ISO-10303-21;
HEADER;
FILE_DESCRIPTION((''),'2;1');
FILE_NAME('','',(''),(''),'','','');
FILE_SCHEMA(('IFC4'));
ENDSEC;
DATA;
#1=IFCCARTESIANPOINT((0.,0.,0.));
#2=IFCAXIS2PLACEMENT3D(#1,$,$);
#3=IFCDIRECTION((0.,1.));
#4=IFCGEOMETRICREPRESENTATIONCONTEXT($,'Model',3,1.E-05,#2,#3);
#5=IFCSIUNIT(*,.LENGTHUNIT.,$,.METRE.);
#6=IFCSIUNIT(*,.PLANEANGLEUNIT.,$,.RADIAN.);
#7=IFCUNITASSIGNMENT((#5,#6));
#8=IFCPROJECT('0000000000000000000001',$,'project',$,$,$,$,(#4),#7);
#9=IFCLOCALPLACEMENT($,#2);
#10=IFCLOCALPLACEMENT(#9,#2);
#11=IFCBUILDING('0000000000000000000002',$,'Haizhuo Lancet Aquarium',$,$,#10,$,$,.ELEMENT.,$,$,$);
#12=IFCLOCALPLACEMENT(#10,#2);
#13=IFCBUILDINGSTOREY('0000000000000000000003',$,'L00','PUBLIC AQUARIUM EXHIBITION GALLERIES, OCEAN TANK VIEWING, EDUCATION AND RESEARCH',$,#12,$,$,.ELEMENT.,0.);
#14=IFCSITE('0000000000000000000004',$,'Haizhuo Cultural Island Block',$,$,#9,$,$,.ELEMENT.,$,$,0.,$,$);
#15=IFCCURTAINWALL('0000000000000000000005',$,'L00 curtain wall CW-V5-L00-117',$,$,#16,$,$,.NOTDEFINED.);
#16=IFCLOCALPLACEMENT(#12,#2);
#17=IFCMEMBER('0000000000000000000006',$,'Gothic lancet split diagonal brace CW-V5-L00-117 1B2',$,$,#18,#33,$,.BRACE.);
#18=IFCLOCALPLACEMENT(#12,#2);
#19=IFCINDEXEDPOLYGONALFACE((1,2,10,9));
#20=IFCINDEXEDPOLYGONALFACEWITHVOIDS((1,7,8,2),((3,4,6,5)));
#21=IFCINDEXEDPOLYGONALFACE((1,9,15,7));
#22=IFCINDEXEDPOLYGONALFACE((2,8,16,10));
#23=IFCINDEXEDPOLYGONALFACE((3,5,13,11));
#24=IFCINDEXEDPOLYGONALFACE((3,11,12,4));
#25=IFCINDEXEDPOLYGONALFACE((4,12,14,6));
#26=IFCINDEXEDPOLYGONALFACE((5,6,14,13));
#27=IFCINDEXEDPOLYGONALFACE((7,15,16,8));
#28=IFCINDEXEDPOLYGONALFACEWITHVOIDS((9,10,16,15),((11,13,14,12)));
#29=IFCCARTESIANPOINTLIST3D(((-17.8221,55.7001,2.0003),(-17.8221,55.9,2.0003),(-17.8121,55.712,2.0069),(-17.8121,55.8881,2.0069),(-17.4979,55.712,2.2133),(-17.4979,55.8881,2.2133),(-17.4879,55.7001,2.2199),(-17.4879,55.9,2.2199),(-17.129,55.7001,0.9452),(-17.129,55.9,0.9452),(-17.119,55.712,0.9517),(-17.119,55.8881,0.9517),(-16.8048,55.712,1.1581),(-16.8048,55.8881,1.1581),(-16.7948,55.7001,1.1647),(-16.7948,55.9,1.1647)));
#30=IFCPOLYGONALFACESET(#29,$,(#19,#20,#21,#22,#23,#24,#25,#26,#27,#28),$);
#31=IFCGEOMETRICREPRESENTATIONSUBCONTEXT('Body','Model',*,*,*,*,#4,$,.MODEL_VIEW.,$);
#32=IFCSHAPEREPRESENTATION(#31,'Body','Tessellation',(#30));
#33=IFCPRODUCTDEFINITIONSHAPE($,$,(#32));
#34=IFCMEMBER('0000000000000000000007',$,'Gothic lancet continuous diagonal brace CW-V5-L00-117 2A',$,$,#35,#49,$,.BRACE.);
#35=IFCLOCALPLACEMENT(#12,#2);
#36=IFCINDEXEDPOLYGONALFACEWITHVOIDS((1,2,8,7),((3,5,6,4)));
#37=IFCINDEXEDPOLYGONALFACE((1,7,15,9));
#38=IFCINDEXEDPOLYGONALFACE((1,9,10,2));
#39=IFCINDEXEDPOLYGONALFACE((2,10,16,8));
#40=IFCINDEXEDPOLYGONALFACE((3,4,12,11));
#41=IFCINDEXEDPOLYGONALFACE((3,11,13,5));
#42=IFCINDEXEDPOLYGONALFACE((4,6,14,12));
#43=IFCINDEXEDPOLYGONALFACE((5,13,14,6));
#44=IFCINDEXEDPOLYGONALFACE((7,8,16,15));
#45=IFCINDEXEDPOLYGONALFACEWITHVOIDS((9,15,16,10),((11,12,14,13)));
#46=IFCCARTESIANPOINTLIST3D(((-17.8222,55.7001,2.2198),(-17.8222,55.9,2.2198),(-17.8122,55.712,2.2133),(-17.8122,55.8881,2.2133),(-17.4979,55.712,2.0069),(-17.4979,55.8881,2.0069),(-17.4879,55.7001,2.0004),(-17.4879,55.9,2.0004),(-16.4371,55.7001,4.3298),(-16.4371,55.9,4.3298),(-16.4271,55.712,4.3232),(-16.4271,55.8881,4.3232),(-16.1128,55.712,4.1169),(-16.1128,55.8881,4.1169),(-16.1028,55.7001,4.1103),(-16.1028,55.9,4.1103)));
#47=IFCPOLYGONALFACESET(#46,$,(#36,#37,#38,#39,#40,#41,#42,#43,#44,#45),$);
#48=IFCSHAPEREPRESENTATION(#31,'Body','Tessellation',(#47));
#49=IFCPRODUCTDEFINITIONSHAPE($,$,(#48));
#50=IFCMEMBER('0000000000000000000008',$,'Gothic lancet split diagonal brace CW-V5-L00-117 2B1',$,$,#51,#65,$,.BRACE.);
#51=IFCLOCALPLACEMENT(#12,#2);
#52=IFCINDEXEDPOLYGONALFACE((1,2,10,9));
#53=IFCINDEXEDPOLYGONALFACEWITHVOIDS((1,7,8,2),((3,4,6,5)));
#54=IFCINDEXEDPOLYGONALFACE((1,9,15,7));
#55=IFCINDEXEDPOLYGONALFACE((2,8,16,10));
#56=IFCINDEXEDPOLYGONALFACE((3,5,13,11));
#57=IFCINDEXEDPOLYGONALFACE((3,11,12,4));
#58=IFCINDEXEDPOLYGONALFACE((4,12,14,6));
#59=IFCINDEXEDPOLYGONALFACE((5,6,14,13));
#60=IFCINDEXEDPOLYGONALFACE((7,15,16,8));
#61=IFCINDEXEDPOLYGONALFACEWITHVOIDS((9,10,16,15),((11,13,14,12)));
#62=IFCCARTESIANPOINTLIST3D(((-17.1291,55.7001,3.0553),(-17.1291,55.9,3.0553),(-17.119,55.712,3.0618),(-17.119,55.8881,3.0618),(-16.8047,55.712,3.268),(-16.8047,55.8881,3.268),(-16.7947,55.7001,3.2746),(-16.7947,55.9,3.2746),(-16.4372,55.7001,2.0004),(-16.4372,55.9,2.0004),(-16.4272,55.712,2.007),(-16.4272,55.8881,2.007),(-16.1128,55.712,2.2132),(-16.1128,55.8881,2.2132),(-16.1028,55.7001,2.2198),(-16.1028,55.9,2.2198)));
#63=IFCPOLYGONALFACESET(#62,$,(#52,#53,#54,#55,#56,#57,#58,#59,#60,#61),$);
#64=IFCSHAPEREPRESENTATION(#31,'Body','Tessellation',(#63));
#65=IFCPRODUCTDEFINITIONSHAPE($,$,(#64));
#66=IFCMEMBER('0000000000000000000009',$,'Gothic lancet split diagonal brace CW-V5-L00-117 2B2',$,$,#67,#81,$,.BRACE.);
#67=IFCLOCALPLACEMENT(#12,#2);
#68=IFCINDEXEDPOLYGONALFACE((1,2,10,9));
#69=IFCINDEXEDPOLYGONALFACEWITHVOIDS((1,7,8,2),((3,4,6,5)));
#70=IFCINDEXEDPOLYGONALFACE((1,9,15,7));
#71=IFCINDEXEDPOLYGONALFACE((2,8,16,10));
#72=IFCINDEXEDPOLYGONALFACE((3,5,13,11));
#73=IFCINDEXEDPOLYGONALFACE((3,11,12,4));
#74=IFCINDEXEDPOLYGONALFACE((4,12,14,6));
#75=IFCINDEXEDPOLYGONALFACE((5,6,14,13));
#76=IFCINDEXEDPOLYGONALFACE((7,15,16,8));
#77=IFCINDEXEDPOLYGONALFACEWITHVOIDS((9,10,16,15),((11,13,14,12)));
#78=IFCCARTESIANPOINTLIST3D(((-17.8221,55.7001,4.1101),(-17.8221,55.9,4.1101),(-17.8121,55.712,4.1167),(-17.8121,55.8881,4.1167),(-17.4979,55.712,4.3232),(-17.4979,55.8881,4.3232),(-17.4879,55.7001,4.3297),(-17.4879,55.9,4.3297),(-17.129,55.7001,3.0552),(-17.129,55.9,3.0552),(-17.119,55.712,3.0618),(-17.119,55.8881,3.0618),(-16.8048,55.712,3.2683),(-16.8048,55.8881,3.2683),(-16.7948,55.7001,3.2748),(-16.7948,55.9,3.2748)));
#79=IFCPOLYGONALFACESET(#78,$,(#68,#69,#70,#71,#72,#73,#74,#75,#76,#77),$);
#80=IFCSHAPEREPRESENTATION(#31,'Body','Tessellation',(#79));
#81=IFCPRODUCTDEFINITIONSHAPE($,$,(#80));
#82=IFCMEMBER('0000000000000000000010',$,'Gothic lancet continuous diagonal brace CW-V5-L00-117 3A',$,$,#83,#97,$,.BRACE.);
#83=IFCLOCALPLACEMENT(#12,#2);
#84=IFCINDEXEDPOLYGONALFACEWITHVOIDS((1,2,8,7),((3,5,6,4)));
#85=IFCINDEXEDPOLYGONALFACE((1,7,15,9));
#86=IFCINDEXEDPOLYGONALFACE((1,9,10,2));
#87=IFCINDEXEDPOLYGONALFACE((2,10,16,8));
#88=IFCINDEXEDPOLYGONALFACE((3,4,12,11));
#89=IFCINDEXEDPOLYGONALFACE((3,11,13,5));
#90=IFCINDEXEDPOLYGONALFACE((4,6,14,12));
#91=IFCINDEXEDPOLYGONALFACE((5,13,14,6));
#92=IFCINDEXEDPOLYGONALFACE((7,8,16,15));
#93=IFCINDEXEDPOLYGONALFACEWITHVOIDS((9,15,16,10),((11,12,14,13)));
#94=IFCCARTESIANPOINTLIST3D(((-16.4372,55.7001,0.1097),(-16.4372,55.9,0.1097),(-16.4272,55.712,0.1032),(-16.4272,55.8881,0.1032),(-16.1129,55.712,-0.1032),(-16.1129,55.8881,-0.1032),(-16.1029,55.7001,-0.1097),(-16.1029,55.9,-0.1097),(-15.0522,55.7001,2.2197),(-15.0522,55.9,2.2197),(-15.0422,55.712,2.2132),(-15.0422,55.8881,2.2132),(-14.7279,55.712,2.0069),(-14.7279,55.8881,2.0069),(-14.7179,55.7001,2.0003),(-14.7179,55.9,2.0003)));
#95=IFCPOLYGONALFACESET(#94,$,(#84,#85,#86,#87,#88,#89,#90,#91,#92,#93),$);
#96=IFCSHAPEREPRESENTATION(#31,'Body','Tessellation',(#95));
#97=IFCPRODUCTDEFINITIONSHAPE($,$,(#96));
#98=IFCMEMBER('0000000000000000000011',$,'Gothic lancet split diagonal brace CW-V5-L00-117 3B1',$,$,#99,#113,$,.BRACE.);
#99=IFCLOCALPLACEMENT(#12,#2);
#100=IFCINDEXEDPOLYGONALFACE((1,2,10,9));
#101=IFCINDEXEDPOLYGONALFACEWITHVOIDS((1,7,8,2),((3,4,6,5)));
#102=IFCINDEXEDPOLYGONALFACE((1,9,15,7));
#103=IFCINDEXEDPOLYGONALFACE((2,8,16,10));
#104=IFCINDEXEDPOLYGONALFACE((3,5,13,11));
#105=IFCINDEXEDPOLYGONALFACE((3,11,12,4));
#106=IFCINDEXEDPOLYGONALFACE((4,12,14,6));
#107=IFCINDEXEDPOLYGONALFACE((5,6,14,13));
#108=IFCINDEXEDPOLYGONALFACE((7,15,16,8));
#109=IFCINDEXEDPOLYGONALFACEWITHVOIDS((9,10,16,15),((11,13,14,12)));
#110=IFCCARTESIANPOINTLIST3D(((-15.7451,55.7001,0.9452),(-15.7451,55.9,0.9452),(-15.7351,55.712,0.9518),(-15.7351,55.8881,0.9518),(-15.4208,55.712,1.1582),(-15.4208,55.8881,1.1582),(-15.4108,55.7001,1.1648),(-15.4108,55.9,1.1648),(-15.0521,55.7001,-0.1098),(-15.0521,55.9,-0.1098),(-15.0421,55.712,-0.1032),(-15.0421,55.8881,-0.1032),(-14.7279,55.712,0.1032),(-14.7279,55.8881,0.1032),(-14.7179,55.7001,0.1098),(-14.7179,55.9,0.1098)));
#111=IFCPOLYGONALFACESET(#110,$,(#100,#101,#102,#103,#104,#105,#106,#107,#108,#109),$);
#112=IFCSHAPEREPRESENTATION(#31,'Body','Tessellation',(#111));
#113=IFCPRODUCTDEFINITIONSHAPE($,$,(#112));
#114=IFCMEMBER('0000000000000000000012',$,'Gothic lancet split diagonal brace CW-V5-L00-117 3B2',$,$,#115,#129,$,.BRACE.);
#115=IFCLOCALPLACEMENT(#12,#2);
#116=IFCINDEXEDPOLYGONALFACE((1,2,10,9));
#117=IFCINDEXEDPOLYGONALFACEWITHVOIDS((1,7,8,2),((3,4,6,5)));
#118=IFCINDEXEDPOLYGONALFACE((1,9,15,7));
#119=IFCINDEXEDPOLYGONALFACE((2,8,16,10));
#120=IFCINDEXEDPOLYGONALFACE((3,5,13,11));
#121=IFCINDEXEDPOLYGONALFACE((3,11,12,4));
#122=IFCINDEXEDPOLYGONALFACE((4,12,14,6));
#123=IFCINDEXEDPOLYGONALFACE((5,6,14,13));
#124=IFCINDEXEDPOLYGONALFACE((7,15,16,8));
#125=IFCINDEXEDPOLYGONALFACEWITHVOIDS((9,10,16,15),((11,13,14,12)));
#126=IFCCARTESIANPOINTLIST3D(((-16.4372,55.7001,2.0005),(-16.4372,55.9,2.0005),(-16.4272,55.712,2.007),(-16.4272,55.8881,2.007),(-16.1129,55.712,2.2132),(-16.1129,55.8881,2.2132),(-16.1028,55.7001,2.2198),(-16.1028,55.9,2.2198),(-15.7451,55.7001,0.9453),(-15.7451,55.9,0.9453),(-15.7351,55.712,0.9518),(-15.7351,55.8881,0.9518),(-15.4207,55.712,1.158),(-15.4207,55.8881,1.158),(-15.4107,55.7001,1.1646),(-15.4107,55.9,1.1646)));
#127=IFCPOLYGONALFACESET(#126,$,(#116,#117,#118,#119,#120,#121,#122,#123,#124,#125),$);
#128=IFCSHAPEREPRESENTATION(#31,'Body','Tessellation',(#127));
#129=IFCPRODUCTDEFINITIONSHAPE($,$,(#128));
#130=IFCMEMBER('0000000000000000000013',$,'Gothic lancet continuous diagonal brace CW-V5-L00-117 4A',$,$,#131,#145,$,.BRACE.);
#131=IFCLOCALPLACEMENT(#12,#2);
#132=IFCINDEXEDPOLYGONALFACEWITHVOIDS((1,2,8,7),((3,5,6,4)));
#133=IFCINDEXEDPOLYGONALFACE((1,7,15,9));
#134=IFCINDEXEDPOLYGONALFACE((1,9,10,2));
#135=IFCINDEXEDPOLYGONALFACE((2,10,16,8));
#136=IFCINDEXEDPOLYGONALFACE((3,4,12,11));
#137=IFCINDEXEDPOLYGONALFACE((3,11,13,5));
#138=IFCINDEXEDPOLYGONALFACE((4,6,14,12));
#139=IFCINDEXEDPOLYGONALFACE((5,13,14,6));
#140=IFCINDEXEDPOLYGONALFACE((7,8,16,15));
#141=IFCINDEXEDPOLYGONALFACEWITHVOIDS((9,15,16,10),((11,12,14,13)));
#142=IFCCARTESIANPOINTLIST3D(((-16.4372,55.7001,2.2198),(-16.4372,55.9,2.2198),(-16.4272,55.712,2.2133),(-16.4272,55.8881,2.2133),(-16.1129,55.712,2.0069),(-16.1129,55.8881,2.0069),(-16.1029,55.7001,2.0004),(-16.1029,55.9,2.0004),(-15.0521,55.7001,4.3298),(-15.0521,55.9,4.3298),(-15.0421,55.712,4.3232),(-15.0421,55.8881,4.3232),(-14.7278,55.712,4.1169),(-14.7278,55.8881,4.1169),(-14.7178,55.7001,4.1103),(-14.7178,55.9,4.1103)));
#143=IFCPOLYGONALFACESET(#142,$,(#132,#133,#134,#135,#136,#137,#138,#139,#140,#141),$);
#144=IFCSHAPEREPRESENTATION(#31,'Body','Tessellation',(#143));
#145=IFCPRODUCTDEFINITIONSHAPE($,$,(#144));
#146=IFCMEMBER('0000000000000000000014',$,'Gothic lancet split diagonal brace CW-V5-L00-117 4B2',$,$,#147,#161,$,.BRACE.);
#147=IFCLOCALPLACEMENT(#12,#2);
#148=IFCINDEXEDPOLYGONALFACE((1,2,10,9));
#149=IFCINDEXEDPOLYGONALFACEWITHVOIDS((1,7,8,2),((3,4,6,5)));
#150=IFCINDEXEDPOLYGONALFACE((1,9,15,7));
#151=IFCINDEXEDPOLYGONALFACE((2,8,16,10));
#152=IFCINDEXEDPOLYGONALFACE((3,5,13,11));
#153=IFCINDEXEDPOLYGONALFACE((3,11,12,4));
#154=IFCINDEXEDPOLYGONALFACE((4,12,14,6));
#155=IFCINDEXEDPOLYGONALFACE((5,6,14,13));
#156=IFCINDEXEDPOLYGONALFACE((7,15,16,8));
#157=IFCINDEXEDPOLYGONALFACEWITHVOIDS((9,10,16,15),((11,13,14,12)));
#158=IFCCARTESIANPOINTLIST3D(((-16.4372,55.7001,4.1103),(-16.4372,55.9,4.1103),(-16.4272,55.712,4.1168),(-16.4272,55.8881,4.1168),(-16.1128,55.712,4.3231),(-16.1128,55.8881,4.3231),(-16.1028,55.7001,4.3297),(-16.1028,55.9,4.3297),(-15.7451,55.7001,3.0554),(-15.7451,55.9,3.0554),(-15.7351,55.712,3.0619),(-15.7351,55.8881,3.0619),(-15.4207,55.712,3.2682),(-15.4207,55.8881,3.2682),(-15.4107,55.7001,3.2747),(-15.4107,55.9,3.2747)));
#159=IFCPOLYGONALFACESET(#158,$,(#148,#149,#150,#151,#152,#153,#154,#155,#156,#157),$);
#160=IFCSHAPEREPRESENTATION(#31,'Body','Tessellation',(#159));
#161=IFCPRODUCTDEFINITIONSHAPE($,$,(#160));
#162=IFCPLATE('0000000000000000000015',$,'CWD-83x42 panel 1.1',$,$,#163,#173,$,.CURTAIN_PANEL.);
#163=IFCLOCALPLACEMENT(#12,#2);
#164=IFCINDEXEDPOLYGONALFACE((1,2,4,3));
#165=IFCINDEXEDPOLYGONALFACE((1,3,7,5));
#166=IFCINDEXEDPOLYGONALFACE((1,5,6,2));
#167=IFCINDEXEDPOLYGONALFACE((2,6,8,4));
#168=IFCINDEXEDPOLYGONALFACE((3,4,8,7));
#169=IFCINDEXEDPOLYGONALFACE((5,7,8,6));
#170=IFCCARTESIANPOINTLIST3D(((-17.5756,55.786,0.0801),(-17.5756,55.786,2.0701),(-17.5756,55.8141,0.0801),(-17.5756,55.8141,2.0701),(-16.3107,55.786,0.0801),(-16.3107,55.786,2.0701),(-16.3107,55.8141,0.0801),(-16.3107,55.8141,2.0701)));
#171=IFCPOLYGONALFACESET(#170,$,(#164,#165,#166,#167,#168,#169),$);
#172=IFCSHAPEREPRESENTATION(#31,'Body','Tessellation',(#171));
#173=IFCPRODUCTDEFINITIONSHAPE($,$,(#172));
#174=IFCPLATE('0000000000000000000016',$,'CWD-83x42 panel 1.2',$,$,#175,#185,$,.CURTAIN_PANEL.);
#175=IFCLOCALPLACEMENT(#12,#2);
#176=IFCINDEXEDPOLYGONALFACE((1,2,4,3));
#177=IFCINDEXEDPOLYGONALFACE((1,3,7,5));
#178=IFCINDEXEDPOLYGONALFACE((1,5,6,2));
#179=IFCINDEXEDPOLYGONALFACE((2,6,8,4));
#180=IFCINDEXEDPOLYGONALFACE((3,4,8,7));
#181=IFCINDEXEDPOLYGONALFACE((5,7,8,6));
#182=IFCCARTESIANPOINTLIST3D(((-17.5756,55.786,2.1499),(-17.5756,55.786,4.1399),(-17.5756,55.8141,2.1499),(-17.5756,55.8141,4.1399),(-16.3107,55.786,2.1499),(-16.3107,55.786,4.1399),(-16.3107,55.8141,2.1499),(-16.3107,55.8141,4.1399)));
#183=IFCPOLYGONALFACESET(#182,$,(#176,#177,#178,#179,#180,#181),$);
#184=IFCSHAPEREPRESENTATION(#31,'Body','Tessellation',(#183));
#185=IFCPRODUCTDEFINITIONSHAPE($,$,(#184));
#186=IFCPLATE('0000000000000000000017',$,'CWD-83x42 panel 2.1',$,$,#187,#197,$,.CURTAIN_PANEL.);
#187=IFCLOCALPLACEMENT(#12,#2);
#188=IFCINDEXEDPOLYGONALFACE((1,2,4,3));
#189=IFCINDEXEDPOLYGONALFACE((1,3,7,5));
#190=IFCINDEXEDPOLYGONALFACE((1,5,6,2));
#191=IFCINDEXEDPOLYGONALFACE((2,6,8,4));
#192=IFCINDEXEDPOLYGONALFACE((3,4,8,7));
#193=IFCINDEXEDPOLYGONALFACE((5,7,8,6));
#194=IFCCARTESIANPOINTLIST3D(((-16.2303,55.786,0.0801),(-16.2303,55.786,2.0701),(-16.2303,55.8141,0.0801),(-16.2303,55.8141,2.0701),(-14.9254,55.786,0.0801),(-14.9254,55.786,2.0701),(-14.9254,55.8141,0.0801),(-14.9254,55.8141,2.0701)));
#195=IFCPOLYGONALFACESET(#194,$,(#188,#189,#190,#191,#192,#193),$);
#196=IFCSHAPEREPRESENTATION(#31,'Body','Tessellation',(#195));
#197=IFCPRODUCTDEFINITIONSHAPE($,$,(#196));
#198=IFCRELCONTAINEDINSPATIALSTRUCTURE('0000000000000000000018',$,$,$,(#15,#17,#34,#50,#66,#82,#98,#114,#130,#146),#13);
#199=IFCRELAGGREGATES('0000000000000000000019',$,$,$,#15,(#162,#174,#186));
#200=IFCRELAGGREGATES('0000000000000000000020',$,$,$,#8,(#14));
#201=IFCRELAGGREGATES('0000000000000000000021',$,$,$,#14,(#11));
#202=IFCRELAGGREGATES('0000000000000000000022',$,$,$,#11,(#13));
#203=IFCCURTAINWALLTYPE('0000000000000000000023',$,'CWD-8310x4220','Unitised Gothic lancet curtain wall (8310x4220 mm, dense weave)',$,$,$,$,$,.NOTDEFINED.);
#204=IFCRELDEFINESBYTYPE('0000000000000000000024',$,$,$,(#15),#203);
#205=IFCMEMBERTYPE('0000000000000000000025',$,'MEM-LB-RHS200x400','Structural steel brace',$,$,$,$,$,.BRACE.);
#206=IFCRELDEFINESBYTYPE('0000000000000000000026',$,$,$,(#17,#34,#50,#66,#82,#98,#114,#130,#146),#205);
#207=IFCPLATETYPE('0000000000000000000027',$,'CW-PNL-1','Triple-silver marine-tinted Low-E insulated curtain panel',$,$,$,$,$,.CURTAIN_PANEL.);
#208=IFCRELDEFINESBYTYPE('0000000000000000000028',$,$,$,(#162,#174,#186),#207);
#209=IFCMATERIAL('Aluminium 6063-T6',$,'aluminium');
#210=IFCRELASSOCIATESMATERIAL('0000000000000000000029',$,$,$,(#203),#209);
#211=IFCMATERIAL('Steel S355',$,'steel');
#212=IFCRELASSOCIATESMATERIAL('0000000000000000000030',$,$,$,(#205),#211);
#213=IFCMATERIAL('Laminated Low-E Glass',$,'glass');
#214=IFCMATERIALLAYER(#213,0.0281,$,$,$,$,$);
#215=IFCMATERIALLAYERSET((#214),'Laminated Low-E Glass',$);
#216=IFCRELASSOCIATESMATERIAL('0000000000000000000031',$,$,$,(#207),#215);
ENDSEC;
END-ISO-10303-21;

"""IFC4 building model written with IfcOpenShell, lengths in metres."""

from ifc_helpers import new_model, si_unit, direction, frame, origin, origin_2d, place, context, subcontext, project, spatial, rectangle, hollow_rectangle, extrude, material, layer, layer_set, material_profile, profile_set, type_object, element, aggregate, save


model = new_model("IFC4")

# Units and contexts
model_context = context("Model", 3, precision=1e-05, world=origin(), true_north=direction((0.0, 1.0)))
body_context = subcontext(model_context, "Body", "Model", "MODEL_VIEW")
ifc_project = project(units=[si_unit("LENGTHUNIT", "METRE"), si_unit("PLANEANGLEUNIT", "RADIAN")], contexts=[model_context])

# Site, building, storey
site_placement = place(None, origin())
site = spatial("IfcSite", under=ifc_project, at=site_placement, Name="Haizhuo Cultural Island Block", CompositionType="ELEMENT", RefElevation=0.0)
building_placement = place(site_placement, origin())
building = spatial("IfcBuilding", under=site, at=building_placement, Name="Haizhuo Lancet Aquarium", CompositionType="ELEMENT")
storey_placement = place(building_placement, origin())
storey = spatial("IfcBuildingStorey", under=building, at=storey_placement, Name="L00", Description="PUBLIC AQUARIUM EXHIBITION GALLERIES, OCEAN TANK VIEWING, EDUCATION AND RESEARCH", CompositionType="ELEMENT", Elevation=0.0)

# Shared definitions
ifc_material_1 = material(Name="Aluminium 6063-T6", Category="aluminium")

# Curtain wall
curtain_wall_type_1 = type_object("IfcCurtainWallType", Name="CWD-8310x4220", Description="Unitised Gothic lancet curtain wall (8310x4220 mm, dense weave)", PredefinedType="NOTDEFINED", material=ifc_material_1)
curtain_wall_1_placement = place(storey_placement, origin())
curtain_wall_1 = element("IfcCurtainWall", 1, at=curtain_wall_1_placement, inside=storey, type_object=curtain_wall_type_1, Name="L00 curtain wall CW-V5-L00-117", PredefinedType="NOTDEFINED")

# Shared definitions
ifc_material_2 = material(Name="Steel S355", Category="steel")

# Members
ifc_material_profile_1 = material_profile(ifc_material_2, hollow_rectangle(XDim=0.2, YDim=0.3999, WallThickness=0.012, at=origin_2d()), Name="RHS 200x400x12")
ifc_profile_set_1 = profile_set([ifc_material_profile_1], Name="Steel S355")
member_type_1 = type_object("IfcMemberType", Name="MEM-LB-RHS200x400", Description="Structural steel brace", PredefinedType="BRACE", material=ifc_profile_set_1)
member_1_placement = place(storey_placement, frame((-16.9619, 55.8, 1.0549), z_axis=(-0.54902, 0.0, 0.835809), x_axis=(0.0, -1.0, 0.0)))
element("IfcMember", 2, at=member_1_placement, inside=storey, type_object=member_type_1, Name="Gothic lancet split diagonal brace CW-V5-L00-117 1B2", PredefinedType="BRACE", context=body_context, shape_type="SweptSolid", body=[
    extrude(hollow_rectangle(XDim=0.2, YDim=0.3999, WallThickness=0.012, at=origin_2d()), origin(), (0.0, 0.0, 1.0), 1.2625),
])
member_2_placement = place(storey_placement, frame((-17.655, 55.8, 2.1101), z_axis=(0.548771, 0.0, 0.835973), x_axis=(0.0, 1.0, 0.0)))
element("IfcMember", 3, at=member_2_placement, inside=storey, type_object=member_type_1, Name="Gothic lancet continuous diagonal brace CW-V5-L00-117 2A", PredefinedType="BRACE", context=body_context, shape_type="SweptSolid", body=[
    extrude(hollow_rectangle(XDim=0.2, YDim=0.3999, WallThickness=0.012, at=origin_2d()), origin(), (0.0, 0.0, 1.0), 2.5239),
])
member_3_placement = place(storey_placement, frame((-16.27, 55.8, 2.1101), z_axis=(-0.548432, 0.0, 0.836195), x_axis=(0.0, -1.0, 0.0)))
element("IfcMember", 4, at=member_3_placement, inside=storey, type_object=member_type_1, Name="Gothic lancet split diagonal brace CW-V5-L00-117 2B1", PredefinedType="BRACE", context=body_context, shape_type="SweptSolid", body=[
    extrude(hollow_rectangle(XDim=0.2, YDim=0.3999, WallThickness=0.012, at=origin_2d()), origin(), (0.0, 0.0, 1.0), 1.2615),
])
member_4_placement = place(storey_placement, frame((-16.9619, 55.8, 3.165), z_axis=(-0.549108, 0.0, 0.835751), x_axis=(0.0, -1.0, 0.0)))
element("IfcMember", 5, at=member_4_placement, inside=storey, type_object=member_type_1, Name="Gothic lancet split diagonal brace CW-V5-L00-117 2B2", PredefinedType="BRACE", context=body_context, shape_type="SweptSolid", body=[
    extrude(hollow_rectangle(XDim=0.2, YDim=0.3999, WallThickness=0.012, at=origin_2d()), origin(), (0.0, 0.0, 1.0), 1.2622),
])
member_5_placement = place(storey_placement, frame((-16.27, 55.8, 0.0), z_axis=(0.548726, 0.0, 0.836002), x_axis=(0.0, 1.0, 0.0)))
element("IfcMember", 6, at=member_5_placement, inside=storey, type_object=member_type_1, Name="Gothic lancet continuous diagonal brace CW-V5-L00-117 3A", PredefinedType="BRACE", context=body_context, shape_type="SweptSolid", body=[
    extrude(hollow_rectangle(XDim=0.2, YDim=0.3999, WallThickness=0.012, at=origin_2d()), origin(), (0.0, 0.0, 1.0), 2.5239),
])
member_6_placement = place(storey_placement, frame((-14.885, 55.8, 0.0), z_axis=(-0.548973, 0.0, 0.83584), x_axis=(0.0, -1.0, 0.0)))
element("IfcMember", 7, at=member_6_placement, inside=storey, type_object=member_type_1, Name="Gothic lancet split diagonal brace CW-V5-L00-117 3B1", PredefinedType="BRACE", context=body_context, shape_type="SweptSolid", body=[
    extrude(hollow_rectangle(XDim=0.2, YDim=0.3999, WallThickness=0.012, at=origin_2d()), origin(), (0.0, 0.0, 1.0), 1.2622),
])
member_7_placement = place(storey_placement, frame((-15.5779, 55.8, 1.0549), z_axis=(-0.548479, 0.0, 0.836164), x_axis=(0.0, -1.0, 0.0)))
element("IfcMember", 8, at=member_7_placement, inside=storey, type_object=member_type_1, Name="Gothic lancet split diagonal brace CW-V5-L00-117 3B2", PredefinedType="BRACE", context=body_context, shape_type="SweptSolid", body=[
    extrude(hollow_rectangle(XDim=0.2, YDim=0.3999, WallThickness=0.012, at=origin_2d()), origin(), (0.0, 0.0, 1.0), 1.262),
])
member_8_placement = place(storey_placement, frame((-16.27, 55.8, 2.1101), z_axis=(0.548771, 0.0, 0.835973), x_axis=(0.0, 1.0, 0.0)))
element("IfcMember", 9, at=member_8_placement, inside=storey, type_object=member_type_1, Name="Gothic lancet continuous diagonal brace CW-V5-L00-117 4A", PredefinedType="BRACE", context=body_context, shape_type="SweptSolid", body=[
    extrude(hollow_rectangle(XDim=0.2, YDim=0.3999, WallThickness=0.012, at=origin_2d()), origin(), (0.0, 0.0, 1.0), 2.5239),
])
member_9_placement = place(storey_placement, frame((-15.5779, 55.8, 3.165), z_axis=(-0.548568, 0.0, 0.836106), x_axis=(0.0, -1.0, 0.0)))
element("IfcMember", 10, at=member_9_placement, inside=storey, type_object=member_type_1, Name="Gothic lancet split diagonal brace CW-V5-L00-117 4B2", PredefinedType="BRACE", context=body_context, shape_type="SweptSolid", body=[
    extrude(hollow_rectangle(XDim=0.2, YDim=0.3999, WallThickness=0.012, at=origin_2d()), origin(), (0.0, 0.0, 1.0), 1.2617),
])

# Plates
ifc_material_3 = material(Name="Laminated Low-E Glass", Category="glass")
ifc_layer_1 = layer(ifc_material_3, 0.0281)
ifc_layer_set_1 = layer_set([ifc_layer_1], Name="Laminated Low-E Glass")
plate_type = type_object("IfcPlateType", Name="CW-PNL-1", Description="Triple-silver marine-tinted Low-E insulated curtain panel", PredefinedType="CURTAIN_PANEL", material=ifc_layer_set_1)
plate_1_placement = place(storey_placement, frame((-16.9431, 55.8, 0.0801), z_axis=(0.0, 0.0, 1.0), x_axis=(1.0, 0.0, 0.0)))
plate_1 = element("IfcPlate", 11, at=plate_1_placement, type_object=plate_type, Name="CWD-83x42 panel 1.1", PredefinedType="CURTAIN_PANEL", context=body_context, shape_type="SweptSolid", body=[
    extrude(rectangle(XDim=1.2649, YDim=0.0281, at=origin_2d()), origin(), (0.0, 0.0, 1.0), 1.99),
])
plate_2_placement = place(storey_placement, frame((-16.9431, 55.8, 2.1499), z_axis=(0.0, 0.0, 1.0), x_axis=(1.0, 0.0, 0.0)))
plate_2 = element("IfcPlate", 12, at=plate_2_placement, type_object=plate_type, Name="CWD-83x42 panel 1.2", PredefinedType="CURTAIN_PANEL", context=body_context, shape_type="SweptSolid", body=[
    extrude(rectangle(XDim=1.2649, YDim=0.0281, at=origin_2d()), origin(), (0.0, 0.0, 1.0), 1.99),
])
plate_3_placement = place(storey_placement, frame((-15.5779, 55.8, 0.0801), z_axis=(0.0, 0.0, 1.0), x_axis=(1.0, 0.0, 0.0)))
plate_3 = element("IfcPlate", 13, at=plate_3_placement, type_object=plate_type, Name="CWD-83x42 panel 2.1", PredefinedType="CURTAIN_PANEL", context=body_context, shape_type="SweptSolid", body=[
    extrude(rectangle(XDim=1.3049, YDim=0.0281, at=origin_2d()), origin(), (0.0, 0.0, 1.0), 1.99),
])
aggregate(curtain_wall_1, [plate_1, plate_2, plate_3])

save(model, "model.ifc")
